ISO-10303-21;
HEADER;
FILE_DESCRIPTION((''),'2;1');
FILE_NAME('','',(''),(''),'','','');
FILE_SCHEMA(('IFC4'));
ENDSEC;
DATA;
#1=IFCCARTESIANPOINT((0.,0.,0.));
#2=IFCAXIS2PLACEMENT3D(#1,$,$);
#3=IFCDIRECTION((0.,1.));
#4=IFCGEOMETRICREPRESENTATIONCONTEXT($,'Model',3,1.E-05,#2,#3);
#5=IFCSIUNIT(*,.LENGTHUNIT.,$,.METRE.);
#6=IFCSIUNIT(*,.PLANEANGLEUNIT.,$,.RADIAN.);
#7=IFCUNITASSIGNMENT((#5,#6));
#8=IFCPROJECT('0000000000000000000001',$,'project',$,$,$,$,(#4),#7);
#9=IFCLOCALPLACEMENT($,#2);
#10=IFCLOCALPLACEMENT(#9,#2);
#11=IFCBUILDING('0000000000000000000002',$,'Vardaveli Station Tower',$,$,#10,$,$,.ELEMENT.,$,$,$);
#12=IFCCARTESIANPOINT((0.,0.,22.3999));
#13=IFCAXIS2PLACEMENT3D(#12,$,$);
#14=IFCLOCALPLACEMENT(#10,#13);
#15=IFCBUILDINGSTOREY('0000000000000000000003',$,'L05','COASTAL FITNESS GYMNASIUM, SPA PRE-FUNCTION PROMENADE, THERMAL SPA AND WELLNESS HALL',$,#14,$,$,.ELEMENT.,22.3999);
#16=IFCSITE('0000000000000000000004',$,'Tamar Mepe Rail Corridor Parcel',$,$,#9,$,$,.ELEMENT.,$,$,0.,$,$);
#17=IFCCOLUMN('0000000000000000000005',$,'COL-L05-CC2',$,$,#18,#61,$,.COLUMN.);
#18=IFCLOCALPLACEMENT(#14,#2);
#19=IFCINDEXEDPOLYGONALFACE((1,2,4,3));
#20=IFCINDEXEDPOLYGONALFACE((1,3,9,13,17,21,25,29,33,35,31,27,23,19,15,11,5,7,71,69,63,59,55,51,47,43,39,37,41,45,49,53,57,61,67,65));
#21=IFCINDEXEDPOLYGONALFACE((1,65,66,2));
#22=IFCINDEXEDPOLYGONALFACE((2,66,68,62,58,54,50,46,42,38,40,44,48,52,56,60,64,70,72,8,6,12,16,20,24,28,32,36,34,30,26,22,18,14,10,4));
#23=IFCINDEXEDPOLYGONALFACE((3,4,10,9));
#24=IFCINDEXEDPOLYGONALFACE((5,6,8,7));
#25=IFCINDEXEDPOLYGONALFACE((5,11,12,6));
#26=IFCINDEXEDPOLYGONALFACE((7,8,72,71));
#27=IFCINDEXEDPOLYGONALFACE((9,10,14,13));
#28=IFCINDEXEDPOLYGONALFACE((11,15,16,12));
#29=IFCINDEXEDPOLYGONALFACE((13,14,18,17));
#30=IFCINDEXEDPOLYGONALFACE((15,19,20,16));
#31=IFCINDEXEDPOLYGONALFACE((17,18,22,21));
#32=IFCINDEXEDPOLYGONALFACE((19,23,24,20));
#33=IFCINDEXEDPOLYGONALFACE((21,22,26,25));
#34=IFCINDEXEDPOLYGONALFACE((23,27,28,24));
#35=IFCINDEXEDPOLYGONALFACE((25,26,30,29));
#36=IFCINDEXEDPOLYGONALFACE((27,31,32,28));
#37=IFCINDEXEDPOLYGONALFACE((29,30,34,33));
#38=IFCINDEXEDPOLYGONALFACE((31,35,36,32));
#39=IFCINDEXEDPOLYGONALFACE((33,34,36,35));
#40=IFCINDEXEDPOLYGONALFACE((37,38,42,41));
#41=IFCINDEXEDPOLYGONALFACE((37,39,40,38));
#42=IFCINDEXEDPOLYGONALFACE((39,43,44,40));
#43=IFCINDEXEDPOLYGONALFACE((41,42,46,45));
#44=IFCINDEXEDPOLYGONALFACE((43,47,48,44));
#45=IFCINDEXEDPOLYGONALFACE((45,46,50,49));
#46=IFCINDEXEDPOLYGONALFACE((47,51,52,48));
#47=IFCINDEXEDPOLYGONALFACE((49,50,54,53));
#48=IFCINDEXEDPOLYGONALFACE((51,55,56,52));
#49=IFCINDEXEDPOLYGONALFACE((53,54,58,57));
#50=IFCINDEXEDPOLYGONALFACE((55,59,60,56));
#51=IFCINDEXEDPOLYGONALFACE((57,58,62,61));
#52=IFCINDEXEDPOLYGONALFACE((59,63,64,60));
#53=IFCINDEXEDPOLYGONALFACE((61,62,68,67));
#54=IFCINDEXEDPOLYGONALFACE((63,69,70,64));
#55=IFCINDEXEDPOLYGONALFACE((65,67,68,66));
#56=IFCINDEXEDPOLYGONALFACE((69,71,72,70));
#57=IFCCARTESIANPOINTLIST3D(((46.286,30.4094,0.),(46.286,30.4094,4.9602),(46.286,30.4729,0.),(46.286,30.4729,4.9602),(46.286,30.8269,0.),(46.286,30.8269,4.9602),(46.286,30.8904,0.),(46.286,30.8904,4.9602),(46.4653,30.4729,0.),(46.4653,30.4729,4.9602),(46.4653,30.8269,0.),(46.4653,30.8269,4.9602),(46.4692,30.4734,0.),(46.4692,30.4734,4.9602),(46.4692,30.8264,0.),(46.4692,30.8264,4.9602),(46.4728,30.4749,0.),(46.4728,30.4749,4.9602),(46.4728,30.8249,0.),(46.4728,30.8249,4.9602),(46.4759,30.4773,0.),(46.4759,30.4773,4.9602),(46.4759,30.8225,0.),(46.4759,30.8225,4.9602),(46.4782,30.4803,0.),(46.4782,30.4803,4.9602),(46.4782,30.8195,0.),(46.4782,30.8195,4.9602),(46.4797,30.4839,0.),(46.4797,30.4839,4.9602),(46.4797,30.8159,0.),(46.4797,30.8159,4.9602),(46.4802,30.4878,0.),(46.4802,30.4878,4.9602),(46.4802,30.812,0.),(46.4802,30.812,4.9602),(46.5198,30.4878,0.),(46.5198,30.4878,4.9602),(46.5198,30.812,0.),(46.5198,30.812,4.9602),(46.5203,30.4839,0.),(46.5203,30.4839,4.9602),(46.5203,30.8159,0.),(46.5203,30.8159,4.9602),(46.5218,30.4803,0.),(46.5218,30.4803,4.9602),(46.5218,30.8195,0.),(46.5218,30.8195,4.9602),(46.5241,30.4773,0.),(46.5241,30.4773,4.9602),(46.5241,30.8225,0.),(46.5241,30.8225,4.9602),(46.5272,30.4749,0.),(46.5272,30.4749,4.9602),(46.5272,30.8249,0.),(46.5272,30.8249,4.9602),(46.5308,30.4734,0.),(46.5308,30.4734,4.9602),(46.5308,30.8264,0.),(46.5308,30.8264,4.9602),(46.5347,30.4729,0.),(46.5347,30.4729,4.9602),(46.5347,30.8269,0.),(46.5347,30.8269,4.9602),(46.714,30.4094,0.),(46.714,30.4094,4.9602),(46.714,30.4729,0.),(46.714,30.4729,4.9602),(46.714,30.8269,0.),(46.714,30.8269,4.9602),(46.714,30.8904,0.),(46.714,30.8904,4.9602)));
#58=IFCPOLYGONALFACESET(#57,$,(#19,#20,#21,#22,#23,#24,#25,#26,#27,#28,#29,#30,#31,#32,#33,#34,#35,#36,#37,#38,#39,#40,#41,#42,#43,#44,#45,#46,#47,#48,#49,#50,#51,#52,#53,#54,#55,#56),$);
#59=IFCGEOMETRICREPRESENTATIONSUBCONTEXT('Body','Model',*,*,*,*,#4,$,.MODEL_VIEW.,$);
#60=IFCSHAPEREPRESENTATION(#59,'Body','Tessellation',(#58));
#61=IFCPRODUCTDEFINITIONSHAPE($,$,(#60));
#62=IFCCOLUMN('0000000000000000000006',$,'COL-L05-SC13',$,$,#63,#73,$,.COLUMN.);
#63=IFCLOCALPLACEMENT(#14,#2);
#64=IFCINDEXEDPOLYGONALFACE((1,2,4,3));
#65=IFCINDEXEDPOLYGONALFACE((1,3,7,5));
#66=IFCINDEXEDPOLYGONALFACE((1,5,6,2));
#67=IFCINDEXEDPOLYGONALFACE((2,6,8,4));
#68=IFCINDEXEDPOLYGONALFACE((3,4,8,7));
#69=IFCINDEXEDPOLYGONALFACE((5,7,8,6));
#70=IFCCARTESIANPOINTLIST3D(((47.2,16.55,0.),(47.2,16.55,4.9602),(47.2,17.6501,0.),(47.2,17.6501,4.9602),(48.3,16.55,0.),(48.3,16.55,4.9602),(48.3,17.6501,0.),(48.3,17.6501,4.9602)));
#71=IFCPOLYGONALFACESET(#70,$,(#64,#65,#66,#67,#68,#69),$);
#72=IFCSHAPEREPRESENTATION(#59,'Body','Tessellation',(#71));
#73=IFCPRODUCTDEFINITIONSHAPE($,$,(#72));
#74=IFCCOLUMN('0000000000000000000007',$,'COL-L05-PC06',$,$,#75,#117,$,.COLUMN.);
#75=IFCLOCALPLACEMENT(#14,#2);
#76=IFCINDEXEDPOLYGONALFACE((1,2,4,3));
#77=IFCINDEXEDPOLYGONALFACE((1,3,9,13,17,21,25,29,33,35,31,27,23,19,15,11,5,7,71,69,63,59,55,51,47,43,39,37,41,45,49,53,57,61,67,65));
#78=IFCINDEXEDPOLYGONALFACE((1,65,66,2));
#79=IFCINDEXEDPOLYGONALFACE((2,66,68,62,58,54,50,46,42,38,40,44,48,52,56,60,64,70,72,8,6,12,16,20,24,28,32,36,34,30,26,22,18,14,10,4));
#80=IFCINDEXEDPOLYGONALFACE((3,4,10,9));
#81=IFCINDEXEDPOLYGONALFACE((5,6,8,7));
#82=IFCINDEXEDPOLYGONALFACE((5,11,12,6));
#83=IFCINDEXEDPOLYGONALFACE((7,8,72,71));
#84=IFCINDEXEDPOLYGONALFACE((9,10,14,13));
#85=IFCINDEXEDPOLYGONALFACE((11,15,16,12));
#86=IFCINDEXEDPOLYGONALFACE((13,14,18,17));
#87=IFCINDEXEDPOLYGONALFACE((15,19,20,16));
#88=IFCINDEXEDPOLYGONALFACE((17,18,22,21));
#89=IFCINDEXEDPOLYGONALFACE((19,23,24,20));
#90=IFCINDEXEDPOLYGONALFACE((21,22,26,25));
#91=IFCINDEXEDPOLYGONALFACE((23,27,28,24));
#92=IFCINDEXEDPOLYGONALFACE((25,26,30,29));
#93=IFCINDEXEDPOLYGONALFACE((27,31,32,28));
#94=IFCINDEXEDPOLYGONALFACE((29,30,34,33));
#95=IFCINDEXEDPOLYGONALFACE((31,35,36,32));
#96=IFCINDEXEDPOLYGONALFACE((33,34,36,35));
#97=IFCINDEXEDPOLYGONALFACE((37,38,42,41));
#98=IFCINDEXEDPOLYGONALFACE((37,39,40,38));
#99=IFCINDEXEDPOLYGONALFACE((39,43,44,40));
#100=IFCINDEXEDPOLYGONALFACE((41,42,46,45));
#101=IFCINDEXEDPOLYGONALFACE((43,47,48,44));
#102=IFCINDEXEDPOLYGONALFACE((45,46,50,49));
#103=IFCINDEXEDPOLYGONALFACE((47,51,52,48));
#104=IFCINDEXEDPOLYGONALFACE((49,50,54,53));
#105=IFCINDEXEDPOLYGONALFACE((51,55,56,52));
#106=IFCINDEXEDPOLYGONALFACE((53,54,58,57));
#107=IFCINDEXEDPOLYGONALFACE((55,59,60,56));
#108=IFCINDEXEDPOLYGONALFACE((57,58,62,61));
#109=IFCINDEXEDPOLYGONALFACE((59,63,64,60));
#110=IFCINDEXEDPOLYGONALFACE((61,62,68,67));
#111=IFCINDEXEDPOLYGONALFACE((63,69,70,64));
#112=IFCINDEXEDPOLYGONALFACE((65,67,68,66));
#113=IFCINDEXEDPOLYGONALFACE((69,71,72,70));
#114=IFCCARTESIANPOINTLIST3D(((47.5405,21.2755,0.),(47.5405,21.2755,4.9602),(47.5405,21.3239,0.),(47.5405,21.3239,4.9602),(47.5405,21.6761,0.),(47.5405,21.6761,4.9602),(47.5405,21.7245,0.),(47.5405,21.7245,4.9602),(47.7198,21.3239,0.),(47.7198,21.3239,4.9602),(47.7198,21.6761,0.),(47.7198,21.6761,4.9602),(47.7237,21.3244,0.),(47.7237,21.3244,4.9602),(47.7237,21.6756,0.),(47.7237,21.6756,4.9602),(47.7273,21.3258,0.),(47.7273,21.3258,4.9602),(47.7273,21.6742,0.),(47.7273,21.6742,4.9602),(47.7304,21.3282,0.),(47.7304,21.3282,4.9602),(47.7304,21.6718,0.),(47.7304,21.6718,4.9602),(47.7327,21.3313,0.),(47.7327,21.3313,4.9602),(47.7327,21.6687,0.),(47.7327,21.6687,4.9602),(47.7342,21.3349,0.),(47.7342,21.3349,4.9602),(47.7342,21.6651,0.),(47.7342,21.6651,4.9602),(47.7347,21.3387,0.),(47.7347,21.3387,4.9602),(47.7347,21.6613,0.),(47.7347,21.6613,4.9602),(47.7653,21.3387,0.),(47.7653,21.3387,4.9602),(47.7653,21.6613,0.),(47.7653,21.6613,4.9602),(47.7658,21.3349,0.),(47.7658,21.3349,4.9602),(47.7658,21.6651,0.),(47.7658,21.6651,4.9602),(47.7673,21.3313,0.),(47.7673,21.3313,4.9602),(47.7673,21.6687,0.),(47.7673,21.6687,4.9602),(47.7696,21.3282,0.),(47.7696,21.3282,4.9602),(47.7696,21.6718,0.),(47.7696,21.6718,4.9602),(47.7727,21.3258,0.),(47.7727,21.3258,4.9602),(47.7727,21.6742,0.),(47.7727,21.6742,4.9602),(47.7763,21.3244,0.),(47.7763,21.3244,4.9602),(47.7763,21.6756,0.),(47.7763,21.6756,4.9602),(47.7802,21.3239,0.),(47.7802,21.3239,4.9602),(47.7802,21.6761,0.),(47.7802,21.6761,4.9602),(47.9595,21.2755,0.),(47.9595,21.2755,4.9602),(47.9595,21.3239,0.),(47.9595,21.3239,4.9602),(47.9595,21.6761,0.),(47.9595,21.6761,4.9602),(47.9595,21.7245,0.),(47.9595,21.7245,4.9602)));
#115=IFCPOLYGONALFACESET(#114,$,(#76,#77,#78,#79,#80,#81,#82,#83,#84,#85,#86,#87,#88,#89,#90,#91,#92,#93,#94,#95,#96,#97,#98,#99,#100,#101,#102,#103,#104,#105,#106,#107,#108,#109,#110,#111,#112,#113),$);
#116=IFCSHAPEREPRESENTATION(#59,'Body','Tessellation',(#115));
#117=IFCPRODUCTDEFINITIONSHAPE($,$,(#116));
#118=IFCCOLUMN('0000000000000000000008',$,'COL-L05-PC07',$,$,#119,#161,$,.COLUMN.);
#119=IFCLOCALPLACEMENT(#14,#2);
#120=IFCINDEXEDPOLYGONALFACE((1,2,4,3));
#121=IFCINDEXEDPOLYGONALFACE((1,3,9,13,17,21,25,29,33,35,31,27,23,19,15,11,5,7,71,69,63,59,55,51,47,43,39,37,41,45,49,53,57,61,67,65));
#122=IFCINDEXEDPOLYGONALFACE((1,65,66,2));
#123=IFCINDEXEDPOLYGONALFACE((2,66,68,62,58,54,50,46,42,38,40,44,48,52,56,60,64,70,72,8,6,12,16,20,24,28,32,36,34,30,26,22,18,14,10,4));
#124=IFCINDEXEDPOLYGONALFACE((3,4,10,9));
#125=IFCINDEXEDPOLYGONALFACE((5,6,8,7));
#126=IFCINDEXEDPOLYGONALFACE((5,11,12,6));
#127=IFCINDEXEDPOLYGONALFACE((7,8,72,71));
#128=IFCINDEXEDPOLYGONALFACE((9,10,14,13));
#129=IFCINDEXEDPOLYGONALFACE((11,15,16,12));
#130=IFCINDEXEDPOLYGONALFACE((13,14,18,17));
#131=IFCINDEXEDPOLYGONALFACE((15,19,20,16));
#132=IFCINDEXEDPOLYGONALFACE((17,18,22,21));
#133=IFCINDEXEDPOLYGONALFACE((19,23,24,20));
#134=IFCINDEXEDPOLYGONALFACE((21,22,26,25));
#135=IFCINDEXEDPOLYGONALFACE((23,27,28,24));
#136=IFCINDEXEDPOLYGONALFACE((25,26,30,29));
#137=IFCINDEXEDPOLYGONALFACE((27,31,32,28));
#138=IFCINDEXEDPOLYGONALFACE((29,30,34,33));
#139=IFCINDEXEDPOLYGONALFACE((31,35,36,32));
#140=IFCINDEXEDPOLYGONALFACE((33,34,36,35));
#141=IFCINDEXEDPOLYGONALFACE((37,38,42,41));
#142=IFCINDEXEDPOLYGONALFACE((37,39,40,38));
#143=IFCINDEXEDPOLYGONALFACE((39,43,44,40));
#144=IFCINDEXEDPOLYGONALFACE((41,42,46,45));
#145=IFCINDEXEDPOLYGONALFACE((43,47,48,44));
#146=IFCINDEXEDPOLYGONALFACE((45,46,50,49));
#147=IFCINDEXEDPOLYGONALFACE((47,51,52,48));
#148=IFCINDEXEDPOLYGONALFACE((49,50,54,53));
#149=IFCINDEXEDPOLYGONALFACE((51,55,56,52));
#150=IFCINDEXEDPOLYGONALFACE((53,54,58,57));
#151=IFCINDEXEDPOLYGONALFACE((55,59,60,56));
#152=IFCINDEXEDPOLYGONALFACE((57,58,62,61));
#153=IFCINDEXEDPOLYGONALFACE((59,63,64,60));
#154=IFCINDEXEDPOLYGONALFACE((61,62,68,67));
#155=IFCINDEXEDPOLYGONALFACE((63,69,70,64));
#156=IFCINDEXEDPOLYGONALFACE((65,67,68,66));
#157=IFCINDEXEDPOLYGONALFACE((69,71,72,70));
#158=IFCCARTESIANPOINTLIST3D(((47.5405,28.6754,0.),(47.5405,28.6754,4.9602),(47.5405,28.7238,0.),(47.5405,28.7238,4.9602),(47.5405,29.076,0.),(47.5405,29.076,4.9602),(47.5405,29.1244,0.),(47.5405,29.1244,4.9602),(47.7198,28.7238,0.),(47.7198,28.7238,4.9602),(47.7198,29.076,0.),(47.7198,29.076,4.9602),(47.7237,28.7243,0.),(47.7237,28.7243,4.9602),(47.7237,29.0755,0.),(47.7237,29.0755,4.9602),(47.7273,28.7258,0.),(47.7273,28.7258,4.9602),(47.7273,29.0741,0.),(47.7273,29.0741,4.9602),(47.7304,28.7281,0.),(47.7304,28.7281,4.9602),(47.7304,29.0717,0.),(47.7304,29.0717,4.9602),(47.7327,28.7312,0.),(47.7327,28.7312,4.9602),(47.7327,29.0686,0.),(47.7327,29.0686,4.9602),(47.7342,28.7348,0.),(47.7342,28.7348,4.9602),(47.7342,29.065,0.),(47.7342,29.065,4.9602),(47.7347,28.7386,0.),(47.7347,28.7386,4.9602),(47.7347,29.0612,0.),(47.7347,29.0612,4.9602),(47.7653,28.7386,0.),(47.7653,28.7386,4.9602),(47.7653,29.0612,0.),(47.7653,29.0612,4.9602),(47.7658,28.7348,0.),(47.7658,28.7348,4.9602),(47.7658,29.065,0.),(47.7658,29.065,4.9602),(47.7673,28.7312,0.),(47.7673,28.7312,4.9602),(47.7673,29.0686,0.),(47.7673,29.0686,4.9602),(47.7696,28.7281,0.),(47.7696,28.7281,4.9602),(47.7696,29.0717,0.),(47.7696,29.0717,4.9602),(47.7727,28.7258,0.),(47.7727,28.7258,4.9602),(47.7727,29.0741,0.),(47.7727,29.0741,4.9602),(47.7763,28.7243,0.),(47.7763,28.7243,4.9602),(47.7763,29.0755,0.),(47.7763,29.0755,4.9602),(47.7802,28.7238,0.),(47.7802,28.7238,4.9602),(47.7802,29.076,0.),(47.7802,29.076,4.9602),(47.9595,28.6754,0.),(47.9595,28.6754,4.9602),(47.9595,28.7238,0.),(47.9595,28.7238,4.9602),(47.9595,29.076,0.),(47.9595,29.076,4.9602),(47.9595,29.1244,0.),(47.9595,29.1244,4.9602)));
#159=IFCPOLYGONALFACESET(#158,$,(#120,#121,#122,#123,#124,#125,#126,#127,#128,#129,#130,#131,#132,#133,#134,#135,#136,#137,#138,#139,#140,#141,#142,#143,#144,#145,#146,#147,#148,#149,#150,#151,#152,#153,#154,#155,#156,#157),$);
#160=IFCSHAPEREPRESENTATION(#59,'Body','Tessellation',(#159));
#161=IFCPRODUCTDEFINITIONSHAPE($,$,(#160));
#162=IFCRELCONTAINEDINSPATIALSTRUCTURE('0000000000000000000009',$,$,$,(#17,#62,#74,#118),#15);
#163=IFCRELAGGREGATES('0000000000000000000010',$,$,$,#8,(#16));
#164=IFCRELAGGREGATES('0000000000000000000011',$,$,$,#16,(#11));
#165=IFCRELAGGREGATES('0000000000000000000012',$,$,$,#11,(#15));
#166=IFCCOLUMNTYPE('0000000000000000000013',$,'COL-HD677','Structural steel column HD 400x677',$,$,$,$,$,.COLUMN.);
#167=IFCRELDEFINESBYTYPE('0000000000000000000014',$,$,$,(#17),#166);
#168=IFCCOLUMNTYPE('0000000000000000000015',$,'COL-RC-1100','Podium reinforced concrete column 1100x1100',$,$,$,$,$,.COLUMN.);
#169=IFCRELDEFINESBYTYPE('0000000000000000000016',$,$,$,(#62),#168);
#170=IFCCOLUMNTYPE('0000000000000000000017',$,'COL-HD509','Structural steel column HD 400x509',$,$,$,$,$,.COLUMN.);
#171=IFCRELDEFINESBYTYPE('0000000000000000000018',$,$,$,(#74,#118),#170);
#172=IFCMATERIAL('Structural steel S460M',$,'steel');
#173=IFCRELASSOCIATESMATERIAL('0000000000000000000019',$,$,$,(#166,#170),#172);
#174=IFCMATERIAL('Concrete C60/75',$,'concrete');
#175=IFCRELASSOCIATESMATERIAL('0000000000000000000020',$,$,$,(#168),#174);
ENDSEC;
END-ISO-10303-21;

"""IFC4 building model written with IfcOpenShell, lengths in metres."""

from ifc_helpers import new_model, si_unit, direction, frame, origin, origin_2d, place, context, subcontext, project, spatial, rectangle, i_section, extrude, source, transform, mapped, material, material_profile, profile_set, type_object, element, save


model = new_model("IFC4")

# Units and contexts
model_context = context("Model", 3, precision=1e-05, world=origin(), true_north=direction((0.0, 1.0)))
body_context = subcontext(model_context, "Body", "Model", "MODEL_VIEW")
ifc_project = project(units=[si_unit("LENGTHUNIT", "METRE"), si_unit("PLANEANGLEUNIT", "RADIAN")], contexts=[model_context])

# Site, building, storey
site_placement = place(None, origin())
site = spatial("IfcSite", under=ifc_project, at=site_placement, Name="Tamar Mepe Rail Corridor Parcel", CompositionType="ELEMENT", RefElevation=0.0)
building_placement = place(site_placement, origin())
building = spatial("IfcBuilding", under=site, at=building_placement, Name="Vardaveli Station Tower", CompositionType="ELEMENT")
storey_placement = place(building_placement, frame((0.0, 0.0, 22.3999)))
storey = spatial("IfcBuildingStorey", under=building, at=storey_placement, Name="L05", Description="COASTAL FITNESS GYMNASIUM, SPA PRE-FUNCTION PROMENADE, THERMAL SPA AND WELLNESS HALL", CompositionType="ELEMENT", Elevation=22.3999)

# Columns
ifc_material_1 = material(Name="Structural steel S460M", Category="steel")
ifc_material_profile_1 = material_profile(ifc_material_1, i_section(OverallWidth=0.428, OverallDepth=0.481, WebThickness=0.0396, FlangeThickness=0.0635, FilletRadius=0.0149, at=origin_2d()), Name="HD 400x677")
ifc_profile_set_1 = profile_set([ifc_material_profile_1], Name="Structural steel S460M")
column_type_1 = type_object("IfcColumnType", Name="COL-HD677", Description="Structural steel column HD 400x677", PredefinedType="COLUMN", material=ifc_profile_set_1)
shared_shape_1 = source(origin(), body_context, "Body", "SweptSolid", [
    extrude(i_section(OverallWidth=0.428, OverallDepth=0.481, WebThickness=0.0396, FlangeThickness=0.0635, FilletRadius=0.0149, at=origin_2d()), origin(), (0.0, 0.0, 1.0), 4.9602),
])
column_1_placement = place(storey_placement, frame((46.5, 30.6499, 0.0), z_axis=(0.0, 0.0, 1.0), x_axis=(1.0, 0.0, 0.0)))
element("IfcColumn", 1, at=column_1_placement, inside=storey, type_object=column_type_1, Name="COL-L05-CC2", PredefinedType="COLUMN", context=body_context, shape_type="MappedRepresentation", body=[
    mapped(shared_shape_1, transform((0.0, 0.0, 0.0), scale=1.0)),
])
ifc_material_2 = material(Name="Concrete C60/75", Category="concrete")
ifc_material_profile_2 = material_profile(ifc_material_2, rectangle(XDim=1.1001, YDim=1.1001, at=origin_2d()), Name="RC 1100x1100")
ifc_profile_set_2 = profile_set([ifc_material_profile_2], Name="Concrete C60/75")
column_type_2 = type_object("IfcColumnType", Name="COL-RC-1100", Description="Podium reinforced concrete column 1100x1100", PredefinedType="COLUMN", material=ifc_profile_set_2)
shared_shape_2 = source(origin(), body_context, "Body", "SweptSolid", [
    extrude(rectangle(XDim=1.1001, YDim=1.1001, at=origin_2d()), origin(), (0.0, 0.0, 1.0), 4.9602),
])
column_2_placement = place(storey_placement, frame((47.75, 17.1001, 0.0), z_axis=(0.0, 0.0, 1.0), x_axis=(1.0, 0.0, 0.0)))
element("IfcColumn", 2, at=column_2_placement, inside=storey, type_object=column_type_2, Name="COL-L05-SC13", PredefinedType="COLUMN", context=body_context, shape_type="MappedRepresentation", body=[
    mapped(shared_shape_2, transform((0.0, 0.0, 0.0), scale=1.0)),
])
ifc_material_profile_3 = material_profile(ifc_material_1, i_section(OverallWidth=0.4189, OverallDepth=0.449, WebThickness=0.0305, FlangeThickness=0.0483, FilletRadius=0.0149, at=origin_2d()), Name="HD 400x509")
ifc_profile_set_3 = profile_set([ifc_material_profile_3], Name="Structural steel S460M")
column_type_3 = type_object("IfcColumnType", Name="COL-HD509", Description="Structural steel column HD 400x509", PredefinedType="COLUMN", material=ifc_profile_set_3)
shared_shape_3 = source(origin(), body_context, "Body", "SweptSolid", [
    extrude(i_section(OverallWidth=0.4189, OverallDepth=0.449, WebThickness=0.0305, FlangeThickness=0.0483, FilletRadius=0.0149, at=origin_2d()), origin(), (0.0, 0.0, 1.0), 4.9602),
])
for number, where, z_axis, x_axis, name in (
    (3, (47.75, 21.5, 0.0), (0.0, 0.0, 1.0), (1.0, 0.0, 0.0), "COL-L05-PC06"),
    (4, (47.75, 28.8999, 0.0), (0.0, 0.0, 1.0), (1.0, 0.0, 0.0), "COL-L05-PC07"),
):
    element("IfcColumn", number, at=place(storey_placement, frame(where, z_axis=z_axis, x_axis=x_axis)), inside=storey, type_object=column_type_3, Name=name, PredefinedType="COLUMN", context=body_context, shape_type="MappedRepresentation", body=[
        mapped(shared_shape_3, transform((0.0, 0.0, 0.0), scale=1.0)),
    ])

save(model, "model.ifc")
